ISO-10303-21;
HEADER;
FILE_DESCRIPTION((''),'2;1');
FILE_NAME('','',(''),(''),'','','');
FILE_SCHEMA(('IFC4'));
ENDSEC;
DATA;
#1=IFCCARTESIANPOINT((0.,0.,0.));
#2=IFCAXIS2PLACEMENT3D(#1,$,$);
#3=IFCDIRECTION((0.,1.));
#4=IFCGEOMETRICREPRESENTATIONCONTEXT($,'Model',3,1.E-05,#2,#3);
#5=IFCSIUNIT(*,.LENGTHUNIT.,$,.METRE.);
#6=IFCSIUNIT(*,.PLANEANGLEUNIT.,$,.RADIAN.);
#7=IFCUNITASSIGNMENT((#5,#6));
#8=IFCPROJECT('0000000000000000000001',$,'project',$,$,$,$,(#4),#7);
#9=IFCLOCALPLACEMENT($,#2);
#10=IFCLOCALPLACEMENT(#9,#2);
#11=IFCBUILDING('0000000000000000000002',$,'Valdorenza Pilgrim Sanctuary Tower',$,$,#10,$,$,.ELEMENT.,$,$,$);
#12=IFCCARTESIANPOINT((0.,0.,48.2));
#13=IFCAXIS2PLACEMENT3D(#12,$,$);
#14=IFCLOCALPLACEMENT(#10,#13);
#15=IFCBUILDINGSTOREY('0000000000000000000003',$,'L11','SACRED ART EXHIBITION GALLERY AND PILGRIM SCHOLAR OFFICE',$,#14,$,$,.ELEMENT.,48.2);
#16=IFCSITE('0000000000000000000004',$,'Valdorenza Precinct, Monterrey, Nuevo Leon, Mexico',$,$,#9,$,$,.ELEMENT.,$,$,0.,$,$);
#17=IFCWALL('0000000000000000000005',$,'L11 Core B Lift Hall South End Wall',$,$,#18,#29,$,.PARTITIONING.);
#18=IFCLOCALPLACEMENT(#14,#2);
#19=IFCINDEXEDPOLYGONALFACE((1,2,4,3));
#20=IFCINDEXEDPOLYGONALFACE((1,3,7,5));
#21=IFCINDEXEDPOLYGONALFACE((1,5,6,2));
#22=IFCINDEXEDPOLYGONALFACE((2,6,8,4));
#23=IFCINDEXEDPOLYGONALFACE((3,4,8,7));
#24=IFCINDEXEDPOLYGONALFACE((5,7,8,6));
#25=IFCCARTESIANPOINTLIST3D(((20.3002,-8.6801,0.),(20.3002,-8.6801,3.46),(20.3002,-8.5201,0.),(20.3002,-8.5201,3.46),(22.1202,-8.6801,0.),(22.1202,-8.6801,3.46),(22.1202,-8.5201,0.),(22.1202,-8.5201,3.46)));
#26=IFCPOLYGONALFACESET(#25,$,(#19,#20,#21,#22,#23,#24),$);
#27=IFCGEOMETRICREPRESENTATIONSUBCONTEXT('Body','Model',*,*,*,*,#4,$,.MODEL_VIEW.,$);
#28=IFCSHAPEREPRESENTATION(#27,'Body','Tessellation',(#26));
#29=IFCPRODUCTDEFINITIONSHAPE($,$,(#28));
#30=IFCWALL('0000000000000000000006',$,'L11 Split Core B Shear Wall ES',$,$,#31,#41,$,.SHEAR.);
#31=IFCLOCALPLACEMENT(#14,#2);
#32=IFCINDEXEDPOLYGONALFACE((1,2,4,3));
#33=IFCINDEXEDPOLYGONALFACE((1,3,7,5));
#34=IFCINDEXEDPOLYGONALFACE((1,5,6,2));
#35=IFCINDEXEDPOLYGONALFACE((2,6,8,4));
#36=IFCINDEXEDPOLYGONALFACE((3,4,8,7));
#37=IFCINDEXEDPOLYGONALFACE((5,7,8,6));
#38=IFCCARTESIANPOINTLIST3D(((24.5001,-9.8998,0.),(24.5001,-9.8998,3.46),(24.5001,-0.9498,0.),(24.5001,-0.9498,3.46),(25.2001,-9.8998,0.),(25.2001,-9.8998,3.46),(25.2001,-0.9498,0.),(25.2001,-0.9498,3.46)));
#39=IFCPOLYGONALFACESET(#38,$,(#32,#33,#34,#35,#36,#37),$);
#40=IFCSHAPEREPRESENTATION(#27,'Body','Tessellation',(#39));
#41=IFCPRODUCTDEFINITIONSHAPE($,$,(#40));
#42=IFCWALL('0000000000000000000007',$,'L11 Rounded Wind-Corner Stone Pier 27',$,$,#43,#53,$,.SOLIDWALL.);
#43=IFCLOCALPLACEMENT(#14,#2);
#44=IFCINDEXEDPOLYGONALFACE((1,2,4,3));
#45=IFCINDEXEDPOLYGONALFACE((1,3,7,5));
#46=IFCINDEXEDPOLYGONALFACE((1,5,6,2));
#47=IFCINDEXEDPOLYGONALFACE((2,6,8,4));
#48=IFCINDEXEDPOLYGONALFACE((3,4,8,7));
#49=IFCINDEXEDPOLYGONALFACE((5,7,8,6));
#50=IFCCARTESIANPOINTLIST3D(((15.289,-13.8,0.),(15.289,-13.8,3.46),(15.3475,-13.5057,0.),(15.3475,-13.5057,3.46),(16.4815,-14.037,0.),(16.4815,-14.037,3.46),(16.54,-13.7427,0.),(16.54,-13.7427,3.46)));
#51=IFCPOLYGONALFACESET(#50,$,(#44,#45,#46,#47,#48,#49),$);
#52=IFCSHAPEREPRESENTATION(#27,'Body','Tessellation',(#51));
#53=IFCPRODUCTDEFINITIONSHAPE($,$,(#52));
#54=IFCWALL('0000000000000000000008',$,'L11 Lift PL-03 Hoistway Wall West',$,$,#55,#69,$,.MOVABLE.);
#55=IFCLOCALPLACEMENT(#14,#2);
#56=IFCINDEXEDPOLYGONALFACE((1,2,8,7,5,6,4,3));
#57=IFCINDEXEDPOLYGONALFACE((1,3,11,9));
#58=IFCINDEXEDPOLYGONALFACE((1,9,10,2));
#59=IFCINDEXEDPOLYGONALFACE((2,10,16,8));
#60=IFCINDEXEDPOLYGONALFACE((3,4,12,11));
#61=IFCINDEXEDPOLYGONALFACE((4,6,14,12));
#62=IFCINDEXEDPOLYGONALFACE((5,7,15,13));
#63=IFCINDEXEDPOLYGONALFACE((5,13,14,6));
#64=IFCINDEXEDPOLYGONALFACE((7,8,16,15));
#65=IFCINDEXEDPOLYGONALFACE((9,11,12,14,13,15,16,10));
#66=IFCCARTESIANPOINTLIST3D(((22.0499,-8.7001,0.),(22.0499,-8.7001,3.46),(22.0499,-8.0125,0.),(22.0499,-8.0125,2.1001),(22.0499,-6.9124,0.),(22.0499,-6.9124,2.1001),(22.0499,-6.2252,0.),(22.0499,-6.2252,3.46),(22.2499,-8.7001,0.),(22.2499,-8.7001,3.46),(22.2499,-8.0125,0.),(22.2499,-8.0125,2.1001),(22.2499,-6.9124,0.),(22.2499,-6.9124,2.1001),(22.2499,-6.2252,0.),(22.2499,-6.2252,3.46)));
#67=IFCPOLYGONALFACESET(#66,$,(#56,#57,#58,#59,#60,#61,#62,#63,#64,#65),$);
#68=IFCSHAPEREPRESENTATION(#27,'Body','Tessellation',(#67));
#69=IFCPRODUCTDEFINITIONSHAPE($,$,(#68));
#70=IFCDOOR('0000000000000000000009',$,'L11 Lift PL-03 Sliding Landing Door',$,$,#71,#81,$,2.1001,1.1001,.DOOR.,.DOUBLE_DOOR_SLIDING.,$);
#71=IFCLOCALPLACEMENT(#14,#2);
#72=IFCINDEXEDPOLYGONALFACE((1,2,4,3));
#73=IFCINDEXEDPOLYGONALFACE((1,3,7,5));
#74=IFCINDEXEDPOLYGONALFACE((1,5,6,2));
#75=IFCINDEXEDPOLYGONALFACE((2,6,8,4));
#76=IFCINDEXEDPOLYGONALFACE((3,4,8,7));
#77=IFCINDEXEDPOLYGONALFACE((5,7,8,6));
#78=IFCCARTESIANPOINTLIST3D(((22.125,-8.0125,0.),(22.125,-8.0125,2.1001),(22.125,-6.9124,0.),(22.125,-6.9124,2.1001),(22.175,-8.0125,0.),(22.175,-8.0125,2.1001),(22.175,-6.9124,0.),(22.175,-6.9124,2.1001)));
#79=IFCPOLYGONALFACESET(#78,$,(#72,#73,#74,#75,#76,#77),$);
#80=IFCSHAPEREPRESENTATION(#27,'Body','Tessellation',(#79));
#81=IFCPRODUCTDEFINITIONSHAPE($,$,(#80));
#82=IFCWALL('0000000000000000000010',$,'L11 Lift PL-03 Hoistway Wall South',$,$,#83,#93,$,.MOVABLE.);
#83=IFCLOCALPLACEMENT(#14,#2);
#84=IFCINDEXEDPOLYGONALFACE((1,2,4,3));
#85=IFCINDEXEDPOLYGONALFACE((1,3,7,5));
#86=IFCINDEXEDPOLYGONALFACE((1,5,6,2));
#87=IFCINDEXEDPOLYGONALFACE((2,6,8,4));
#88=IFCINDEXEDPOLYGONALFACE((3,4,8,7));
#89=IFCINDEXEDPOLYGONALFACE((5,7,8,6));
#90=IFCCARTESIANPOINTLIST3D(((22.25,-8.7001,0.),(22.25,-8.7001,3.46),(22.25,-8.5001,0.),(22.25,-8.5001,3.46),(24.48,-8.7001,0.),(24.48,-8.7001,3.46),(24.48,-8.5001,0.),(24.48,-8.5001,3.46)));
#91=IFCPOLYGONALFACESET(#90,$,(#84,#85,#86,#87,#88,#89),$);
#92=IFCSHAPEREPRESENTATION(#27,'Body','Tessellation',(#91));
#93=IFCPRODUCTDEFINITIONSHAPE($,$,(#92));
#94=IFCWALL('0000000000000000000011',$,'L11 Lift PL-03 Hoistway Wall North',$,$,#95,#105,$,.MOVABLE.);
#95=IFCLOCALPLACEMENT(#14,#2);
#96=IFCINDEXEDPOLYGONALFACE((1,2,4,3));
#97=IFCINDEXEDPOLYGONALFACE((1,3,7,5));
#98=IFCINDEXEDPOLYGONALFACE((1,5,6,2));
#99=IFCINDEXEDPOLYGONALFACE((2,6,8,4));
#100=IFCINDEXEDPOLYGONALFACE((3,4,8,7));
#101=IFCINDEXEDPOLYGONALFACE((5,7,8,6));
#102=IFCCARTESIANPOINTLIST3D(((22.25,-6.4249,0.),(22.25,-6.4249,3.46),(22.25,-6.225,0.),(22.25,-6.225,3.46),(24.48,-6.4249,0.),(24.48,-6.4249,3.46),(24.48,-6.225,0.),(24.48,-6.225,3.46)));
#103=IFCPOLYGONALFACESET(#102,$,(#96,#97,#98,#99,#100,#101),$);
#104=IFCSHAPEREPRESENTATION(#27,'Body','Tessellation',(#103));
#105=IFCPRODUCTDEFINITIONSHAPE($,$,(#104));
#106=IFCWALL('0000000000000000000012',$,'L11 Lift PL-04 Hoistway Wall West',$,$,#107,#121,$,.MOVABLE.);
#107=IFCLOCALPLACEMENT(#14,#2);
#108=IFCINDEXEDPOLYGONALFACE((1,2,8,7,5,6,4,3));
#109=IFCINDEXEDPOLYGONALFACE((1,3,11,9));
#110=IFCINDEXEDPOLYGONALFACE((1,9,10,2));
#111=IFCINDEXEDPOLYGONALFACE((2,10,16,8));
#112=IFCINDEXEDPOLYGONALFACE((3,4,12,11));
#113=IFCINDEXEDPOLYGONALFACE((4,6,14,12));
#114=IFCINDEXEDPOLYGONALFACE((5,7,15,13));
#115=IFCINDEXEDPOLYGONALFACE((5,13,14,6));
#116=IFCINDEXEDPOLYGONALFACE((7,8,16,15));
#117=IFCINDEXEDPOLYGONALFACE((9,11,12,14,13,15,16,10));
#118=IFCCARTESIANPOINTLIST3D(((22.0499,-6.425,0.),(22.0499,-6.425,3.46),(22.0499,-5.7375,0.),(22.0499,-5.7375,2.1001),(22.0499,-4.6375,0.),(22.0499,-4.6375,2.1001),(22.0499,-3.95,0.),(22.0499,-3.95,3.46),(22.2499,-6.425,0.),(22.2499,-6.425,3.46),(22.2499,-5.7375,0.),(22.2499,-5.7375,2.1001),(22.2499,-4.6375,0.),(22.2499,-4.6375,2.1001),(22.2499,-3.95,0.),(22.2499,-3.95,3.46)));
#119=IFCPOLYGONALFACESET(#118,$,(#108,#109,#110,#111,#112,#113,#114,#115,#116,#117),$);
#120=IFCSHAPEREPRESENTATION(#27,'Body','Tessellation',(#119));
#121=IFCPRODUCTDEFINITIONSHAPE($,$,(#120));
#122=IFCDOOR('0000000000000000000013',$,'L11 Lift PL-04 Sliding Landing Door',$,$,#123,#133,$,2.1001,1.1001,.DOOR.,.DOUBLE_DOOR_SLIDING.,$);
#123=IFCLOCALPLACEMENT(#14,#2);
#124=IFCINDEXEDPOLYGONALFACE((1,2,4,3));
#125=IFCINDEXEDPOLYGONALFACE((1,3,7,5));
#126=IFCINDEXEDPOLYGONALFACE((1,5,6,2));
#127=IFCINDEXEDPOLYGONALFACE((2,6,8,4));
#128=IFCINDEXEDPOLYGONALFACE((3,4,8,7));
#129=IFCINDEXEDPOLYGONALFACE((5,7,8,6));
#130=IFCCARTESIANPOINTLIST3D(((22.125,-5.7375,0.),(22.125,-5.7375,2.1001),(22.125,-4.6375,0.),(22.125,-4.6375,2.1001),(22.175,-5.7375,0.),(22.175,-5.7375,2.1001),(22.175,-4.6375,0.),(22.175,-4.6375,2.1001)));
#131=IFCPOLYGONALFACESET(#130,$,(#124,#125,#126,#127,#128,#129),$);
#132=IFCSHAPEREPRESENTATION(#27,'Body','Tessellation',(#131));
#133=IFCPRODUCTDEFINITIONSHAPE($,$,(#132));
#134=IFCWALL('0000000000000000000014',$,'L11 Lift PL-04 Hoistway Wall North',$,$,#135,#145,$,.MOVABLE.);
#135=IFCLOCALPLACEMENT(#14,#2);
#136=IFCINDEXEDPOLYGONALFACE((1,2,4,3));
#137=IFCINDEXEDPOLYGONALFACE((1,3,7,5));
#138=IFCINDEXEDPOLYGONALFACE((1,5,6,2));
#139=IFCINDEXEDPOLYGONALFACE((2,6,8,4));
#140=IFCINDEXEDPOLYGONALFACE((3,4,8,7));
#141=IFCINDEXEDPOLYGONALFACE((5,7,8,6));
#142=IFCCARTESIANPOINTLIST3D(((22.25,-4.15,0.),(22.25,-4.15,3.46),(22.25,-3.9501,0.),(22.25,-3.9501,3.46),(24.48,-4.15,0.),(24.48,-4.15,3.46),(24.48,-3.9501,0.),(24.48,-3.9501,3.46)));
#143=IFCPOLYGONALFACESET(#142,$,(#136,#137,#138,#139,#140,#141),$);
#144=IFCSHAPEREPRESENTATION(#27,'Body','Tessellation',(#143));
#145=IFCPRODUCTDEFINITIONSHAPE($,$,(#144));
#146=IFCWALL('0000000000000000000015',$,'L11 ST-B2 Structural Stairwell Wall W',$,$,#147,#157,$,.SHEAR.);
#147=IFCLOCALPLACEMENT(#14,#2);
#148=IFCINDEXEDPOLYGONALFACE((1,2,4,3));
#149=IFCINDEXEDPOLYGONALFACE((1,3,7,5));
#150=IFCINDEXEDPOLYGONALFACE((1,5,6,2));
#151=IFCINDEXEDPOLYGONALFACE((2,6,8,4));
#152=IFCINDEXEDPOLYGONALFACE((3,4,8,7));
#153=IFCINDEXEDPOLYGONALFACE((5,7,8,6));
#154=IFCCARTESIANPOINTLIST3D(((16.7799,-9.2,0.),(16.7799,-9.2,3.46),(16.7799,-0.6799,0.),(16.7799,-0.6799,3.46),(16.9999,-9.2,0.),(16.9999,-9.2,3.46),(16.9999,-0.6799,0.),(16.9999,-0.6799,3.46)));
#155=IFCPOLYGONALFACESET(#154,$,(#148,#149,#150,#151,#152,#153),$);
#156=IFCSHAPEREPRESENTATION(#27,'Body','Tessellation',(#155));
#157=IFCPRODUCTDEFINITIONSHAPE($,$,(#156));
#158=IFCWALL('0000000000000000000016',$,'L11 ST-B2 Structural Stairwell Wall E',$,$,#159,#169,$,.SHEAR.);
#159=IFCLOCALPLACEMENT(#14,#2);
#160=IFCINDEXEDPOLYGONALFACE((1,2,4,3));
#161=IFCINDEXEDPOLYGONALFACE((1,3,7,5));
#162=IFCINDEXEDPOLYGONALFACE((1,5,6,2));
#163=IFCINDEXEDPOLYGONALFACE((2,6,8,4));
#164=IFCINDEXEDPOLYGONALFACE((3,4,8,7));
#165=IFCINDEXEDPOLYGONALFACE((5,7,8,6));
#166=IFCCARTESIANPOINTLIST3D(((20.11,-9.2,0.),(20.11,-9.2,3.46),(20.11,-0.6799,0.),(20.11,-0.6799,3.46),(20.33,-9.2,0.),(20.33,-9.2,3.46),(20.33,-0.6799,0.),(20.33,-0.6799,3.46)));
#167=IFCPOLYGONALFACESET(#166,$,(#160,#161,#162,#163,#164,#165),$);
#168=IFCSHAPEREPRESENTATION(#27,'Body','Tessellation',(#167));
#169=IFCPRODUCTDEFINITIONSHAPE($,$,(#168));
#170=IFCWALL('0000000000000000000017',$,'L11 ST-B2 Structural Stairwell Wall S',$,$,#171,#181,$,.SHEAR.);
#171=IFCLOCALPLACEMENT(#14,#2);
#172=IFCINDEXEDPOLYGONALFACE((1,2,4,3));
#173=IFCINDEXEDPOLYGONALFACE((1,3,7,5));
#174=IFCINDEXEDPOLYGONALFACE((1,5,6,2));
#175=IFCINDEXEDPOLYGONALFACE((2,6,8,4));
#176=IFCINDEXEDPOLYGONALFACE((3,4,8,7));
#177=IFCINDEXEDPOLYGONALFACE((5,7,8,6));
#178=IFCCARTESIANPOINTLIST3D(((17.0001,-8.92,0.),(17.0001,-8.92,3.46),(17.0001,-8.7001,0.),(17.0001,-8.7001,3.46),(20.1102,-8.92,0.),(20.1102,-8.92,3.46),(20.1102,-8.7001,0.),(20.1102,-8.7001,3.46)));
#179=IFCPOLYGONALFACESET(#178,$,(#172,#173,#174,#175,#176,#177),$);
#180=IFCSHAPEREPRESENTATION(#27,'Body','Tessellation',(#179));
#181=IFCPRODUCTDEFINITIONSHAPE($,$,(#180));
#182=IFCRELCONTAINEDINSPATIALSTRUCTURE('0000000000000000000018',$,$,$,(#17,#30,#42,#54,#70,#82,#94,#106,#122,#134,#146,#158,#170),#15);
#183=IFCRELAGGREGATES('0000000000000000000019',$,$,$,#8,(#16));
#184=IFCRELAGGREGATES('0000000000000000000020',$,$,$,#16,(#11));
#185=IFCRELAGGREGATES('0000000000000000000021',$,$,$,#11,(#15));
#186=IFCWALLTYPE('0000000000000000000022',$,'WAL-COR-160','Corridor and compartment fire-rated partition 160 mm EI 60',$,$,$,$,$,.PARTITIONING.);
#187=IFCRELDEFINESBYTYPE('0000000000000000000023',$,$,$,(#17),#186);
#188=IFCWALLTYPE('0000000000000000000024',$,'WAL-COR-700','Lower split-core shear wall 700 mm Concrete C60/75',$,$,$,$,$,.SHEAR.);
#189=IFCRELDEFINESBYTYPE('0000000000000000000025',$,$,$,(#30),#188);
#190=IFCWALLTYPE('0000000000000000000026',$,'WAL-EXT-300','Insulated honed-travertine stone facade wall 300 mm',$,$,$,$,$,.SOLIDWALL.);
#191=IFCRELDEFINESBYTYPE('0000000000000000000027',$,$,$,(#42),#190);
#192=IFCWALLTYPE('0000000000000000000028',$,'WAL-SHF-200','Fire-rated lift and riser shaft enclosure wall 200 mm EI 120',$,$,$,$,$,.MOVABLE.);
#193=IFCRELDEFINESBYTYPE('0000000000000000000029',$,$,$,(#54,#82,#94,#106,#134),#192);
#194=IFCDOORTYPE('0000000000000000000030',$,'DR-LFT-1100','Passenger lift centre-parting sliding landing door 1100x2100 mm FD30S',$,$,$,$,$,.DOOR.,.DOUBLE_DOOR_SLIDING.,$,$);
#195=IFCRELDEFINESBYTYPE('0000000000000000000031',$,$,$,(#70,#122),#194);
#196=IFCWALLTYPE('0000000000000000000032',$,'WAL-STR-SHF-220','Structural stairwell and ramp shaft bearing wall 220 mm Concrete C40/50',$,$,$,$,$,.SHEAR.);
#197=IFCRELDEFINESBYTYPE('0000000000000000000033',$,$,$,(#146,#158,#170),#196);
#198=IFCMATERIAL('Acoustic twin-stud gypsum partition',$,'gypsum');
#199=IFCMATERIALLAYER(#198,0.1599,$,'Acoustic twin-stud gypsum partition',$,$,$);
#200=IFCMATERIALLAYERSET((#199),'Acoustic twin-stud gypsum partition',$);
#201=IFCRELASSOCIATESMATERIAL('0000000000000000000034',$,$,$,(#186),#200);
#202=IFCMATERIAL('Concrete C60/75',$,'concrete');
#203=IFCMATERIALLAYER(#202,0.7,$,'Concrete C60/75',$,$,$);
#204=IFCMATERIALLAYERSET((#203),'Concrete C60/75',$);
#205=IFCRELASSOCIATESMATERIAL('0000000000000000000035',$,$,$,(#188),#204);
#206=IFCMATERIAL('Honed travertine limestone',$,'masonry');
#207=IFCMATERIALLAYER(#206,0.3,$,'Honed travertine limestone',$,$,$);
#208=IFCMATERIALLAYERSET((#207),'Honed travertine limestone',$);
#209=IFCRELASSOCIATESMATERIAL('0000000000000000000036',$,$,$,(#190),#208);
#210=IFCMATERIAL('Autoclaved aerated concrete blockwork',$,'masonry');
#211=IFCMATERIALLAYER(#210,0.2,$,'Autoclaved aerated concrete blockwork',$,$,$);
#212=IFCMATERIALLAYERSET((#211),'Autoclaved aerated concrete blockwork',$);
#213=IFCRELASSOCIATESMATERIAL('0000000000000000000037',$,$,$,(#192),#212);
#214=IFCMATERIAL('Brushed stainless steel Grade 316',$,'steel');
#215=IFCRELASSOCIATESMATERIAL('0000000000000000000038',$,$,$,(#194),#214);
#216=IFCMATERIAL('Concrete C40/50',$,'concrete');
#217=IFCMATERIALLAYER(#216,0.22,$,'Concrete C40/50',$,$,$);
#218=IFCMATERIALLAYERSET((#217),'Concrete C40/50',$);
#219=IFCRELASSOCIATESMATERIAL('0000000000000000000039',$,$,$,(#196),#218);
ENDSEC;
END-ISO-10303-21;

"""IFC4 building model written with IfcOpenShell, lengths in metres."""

from ifc_helpers import new_model, si_unit, direction, frame, frame_2d, origin, place, context, subcontext, project, spatial, rectangle, extrude, material, layer, layer_set, type_object, element, fill, save


model = new_model("IFC4")

# Units and contexts
model_context = context("Model", 3, precision=1e-05, world=origin(), true_north=direction((0.0, 1.0)))
body_context = subcontext(model_context, "Body", "Model", "MODEL_VIEW")
ifc_project = project(units=[si_unit("LENGTHUNIT", "METRE"), si_unit("PLANEANGLEUNIT", "RADIAN")], contexts=[model_context])

# Site, building, storey
site_placement = place(None, origin())
site = spatial("IfcSite", under=ifc_project, at=site_placement, Name="Valdorenza Precinct, Monterrey, Nuevo Leon, Mexico", CompositionType="ELEMENT", RefElevation=0.0)
building_placement = place(site_placement, origin())
building = spatial("IfcBuilding", under=site, at=building_placement, Name="Valdorenza Pilgrim Sanctuary Tower", CompositionType="ELEMENT")
storey_placement = place(building_placement, frame((0.0, 0.0, 48.2)))
storey = spatial("IfcBuildingStorey", under=building, at=storey_placement, Name="L11", Description="SACRED ART EXHIBITION GALLERY AND PILGRIM SCHOLAR OFFICE", CompositionType="ELEMENT", Elevation=48.2)

# Shared definitions
ifc_material_1 = material(Name="Concrete C60/75", Category="concrete")

# Walls
ifc_material_2 = material(Name="Acoustic twin-stud gypsum partition", Category="gypsum")
ifc_layer_1 = layer(ifc_material_2, 0.1599, Name="Acoustic twin-stud gypsum partition")
ifc_layer_set_1 = layer_set([ifc_layer_1], Name="Acoustic twin-stud gypsum partition")
wall_type_1 = type_object("IfcWallType", Name="WAL-COR-160", Description="Corridor and compartment fire-rated partition 160 mm EI 60", PredefinedType="PARTITIONING", material=ifc_layer_set_1)
wall_1_placement = place(storey_placement, frame((20.3, -8.6001, 0.0), z_axis=(0.0, 0.0, 1.0), x_axis=(1.0, 0.0, 0.0)))
element("IfcWall", 1, at=wall_1_placement, inside=storey, type_object=wall_type_1, Name="L11 Core B Lift Hall South End Wall", PredefinedType="PARTITIONING", context=body_context, shape_type="SweptSolid", body=[
    extrude(rectangle(XDim=1.8201, YDim=0.1599, at=frame_2d((0.9102, 0.0))), origin(), (0.0, 0.0, 1.0), 3.46),
])
ifc_layer_2 = layer(ifc_material_1, 0.7, Name="Concrete C60/75")
ifc_layer_set_2 = layer_set([ifc_layer_2], Name="Concrete C60/75")
wall_type_2 = type_object("IfcWallType", Name="WAL-COR-700", Description="Lower split-core shear wall 700 mm Concrete C60/75", PredefinedType="SHEAR", material=ifc_layer_set_2)
wall_2_placement = place(storey_placement, frame((24.8501, -9.8999, 0.0), z_axis=(0.0, 0.0, 1.0), x_axis=(0.0, 1.0, 0.0)))
element("IfcWall", 2, at=wall_2_placement, inside=storey, type_object=wall_type_2, Name="L11 Split Core B Shear Wall ES", PredefinedType="SHEAR", context=body_context, shape_type="SweptSolid", body=[
    extrude(rectangle(XDim=8.95, YDim=0.7, at=frame_2d((4.4751, 0.0))), origin(), (0.0, 0.0, 1.0), 3.46),
])
ifc_material_3 = material(Name="Honed travertine limestone", Category="masonry")
ifc_layer_3 = layer(ifc_material_3, 0.3, Name="Honed travertine limestone")
ifc_layer_set_3 = layer_set([ifc_layer_3], Name="Honed travertine limestone")
wall_type_3 = type_object("IfcWallType", Name="WAL-EXT-300", Description="Insulated honed-travertine stone facade wall 300 mm", PredefinedType="SOLIDWALL", material=ifc_layer_set_3)
wall_3_placement = place(storey_placement, frame((16.5107, -13.8899, 0.0), z_axis=(0.0, 0.0, 1.0), x_axis=(-0.980804, 0.194996, 0.0)))
element("IfcWall", 3, at=wall_3_placement, inside=storey, type_object=wall_type_3, Name="L11 Rounded Wind-Corner Stone Pier 27", PredefinedType="SOLIDWALL", context=body_context, shape_type="SweptSolid", body=[
    extrude(rectangle(XDim=1.2158, YDim=0.3, at=frame_2d((0.6079, 0.0))), origin(), (0.0, 0.0, 1.0), 3.46),
])

# Wall, opening, door
ifc_material_4 = material(Name="Autoclaved aerated concrete blockwork", Category="masonry")
ifc_layer_4 = layer(ifc_material_4, 0.2, Name="Autoclaved aerated concrete blockwork")
ifc_layer_set_4 = layer_set([ifc_layer_4], Name="Autoclaved aerated concrete blockwork")
wall_type_4 = type_object("IfcWallType", Name="WAL-SHF-200", Description="Fire-rated lift and riser shaft enclosure wall 200 mm EI 120", PredefinedType="MOVABLE", material=ifc_layer_set_4)
wall_4_placement = place(storey_placement, frame((22.1499, -8.7, 0.0), z_axis=(0.0, 0.0, 1.0), x_axis=(0.0, 1.0, 0.0)))
wall_4 = element("IfcWall", 4, at=wall_4_placement, inside=storey, type_object=wall_type_4, Name="L11 Lift PL-03 Hoistway Wall West", PredefinedType="MOVABLE", context=body_context, shape_type="SweptSolid", body=[
    extrude(rectangle(XDim=2.4749, YDim=0.2, at=frame_2d((1.2373, 0.0))), origin(), (0.0, 0.0, 1.0), 3.46),
])
opening_1_placement = place(wall_4_placement, frame((0.6875, 0.0, 0.0)))
opening_1 = element("IfcOpeningElement", 5, at=opening_1_placement, cuts=wall_4, PredefinedType="OPENING", context=body_context, shape_type="SweptSolid", body=[
    extrude(rectangle(XDim=1.1001, YDim=2.1001, at=frame_2d((0.55, 1.05))), frame((0.0, 0.1147, 0.0), z_axis=(0.0, -1.0, 0.0), x_axis=(1.0, 0.0, 0.0)), (0.0, 0.0, 1.0), 0.2297),
])
ifc_material_5 = material(Name="Brushed stainless steel Grade 316", Category="steel")
door_type_1 = type_object("IfcDoorType", Name="DR-LFT-1100", Description="Passenger lift centre-parting sliding landing door 1100x2100 mm FD30S", OperationType="DOUBLE_DOOR_SLIDING", PredefinedType="DOOR", material=ifc_material_5)
door_1_placement = place(opening_1_placement, origin())
door_1 = element("IfcDoor", 6, at=door_1_placement, inside=storey, type_object=door_type_1, Name="L11 Lift PL-03 Sliding Landing Door", OperationType="DOUBLE_DOOR_SLIDING", OverallHeight=2.1001, OverallWidth=1.1001, PredefinedType="DOOR", context=body_context, shape_type="SweptSolid", body=[
    extrude(rectangle(XDim=1.1001, YDim=2.1001, at=frame_2d((0.55, 1.05))), frame((0.0, 0.0249, 0.0), z_axis=(0.0, -1.0, 0.0), x_axis=(1.0, 0.0, 0.0)), (0.0, 0.0, 1.0), 0.05),
])
fill(opening_1, door_1)

# Walls
for number, where, z_axis, x_axis, name in (
    (7, (22.25, -8.6001, 0.0), (0.0, 0.0, 1.0), (1.0, 0.0, 0.0), "L11 Lift PL-03 Hoistway Wall South"),
    (8, (22.25, -6.325, 0.0), (0.0, 0.0, 1.0), (1.0, 0.0, 0.0), "L11 Lift PL-03 Hoistway Wall North"),
):
    element("IfcWall", number, at=place(storey_placement, frame(where, z_axis=z_axis, x_axis=x_axis)), inside=storey, type_object=wall_type_4, Name=name, PredefinedType="MOVABLE", context=body_context, shape_type="SweptSolid", body=[
        extrude(rectangle(XDim=2.23, YDim=0.2, at=frame_2d((1.115, 0.0))), origin(), (0.0, 0.0, 1.0), 3.46),
    ])

# Wall, opening, door
wall_5_placement = place(storey_placement, frame((22.1499, -6.425, 0.0), z_axis=(0.0, 0.0, 1.0), x_axis=(0.0, 1.0, 0.0)))
wall_5 = element("IfcWall", 9, at=wall_5_placement, inside=storey, type_object=wall_type_4, Name="L11 Lift PL-04 Hoistway Wall West", PredefinedType="MOVABLE", context=body_context, shape_type="SweptSolid", body=[
    extrude(rectangle(XDim=2.4751, YDim=0.2, at=frame_2d((1.2375, 0.0))), origin(), (0.0, 0.0, 1.0), 3.46),
])
opening_2_placement = place(wall_5_placement, frame((0.6875, 0.0, 0.0)))
opening_2 = element("IfcOpeningElement", 10, at=opening_2_placement, cuts=wall_5, PredefinedType="OPENING", context=body_context, shape_type="SweptSolid", body=[
    extrude(rectangle(XDim=1.1001, YDim=2.1001, at=frame_2d((0.55, 1.05))), frame((0.0, 0.1147, 0.0), z_axis=(0.0, -1.0, 0.0), x_axis=(1.0, 0.0, 0.0)), (0.0, 0.0, 1.0), 0.2297),
])
door_2_placement = place(opening_2_placement, origin())
door_2 = element("IfcDoor", 11, at=door_2_placement, inside=storey, type_object=door_type_1, Name="L11 Lift PL-04 Sliding Landing Door", OperationType="DOUBLE_DOOR_SLIDING", OverallHeight=2.1001, OverallWidth=1.1001, PredefinedType="DOOR", context=body_context, shape_type="SweptSolid", body=[
    extrude(rectangle(XDim=1.1001, YDim=2.1001, at=frame_2d((0.55, 1.05))), frame((0.0, 0.0249, 0.0), z_axis=(0.0, -1.0, 0.0), x_axis=(1.0, 0.0, 0.0)), (0.0, 0.0, 1.0), 0.05),
])
fill(opening_2, door_2)

# Walls
wall_6_placement = place(storey_placement, frame((22.25, -4.05, 0.0), z_axis=(0.0, 0.0, 1.0), x_axis=(1.0, 0.0, 0.0)))
element("IfcWall", 12, at=wall_6_placement, inside=storey, type_object=wall_type_4, Name="L11 Lift PL-04 Hoistway Wall North", PredefinedType="MOVABLE", context=body_context, shape_type="SweptSolid", body=[
    extrude(rectangle(XDim=2.23, YDim=0.2, at=frame_2d((1.115, 0.0))), origin(), (0.0, 0.0, 1.0), 3.46),
])
ifc_material_6 = material(Name="Concrete C40/50", Category="concrete")
ifc_layer_5 = layer(ifc_material_6, 0.22, Name="Concrete C40/50")
ifc_layer_set_5 = layer_set([ifc_layer_5], Name="Concrete C40/50")
wall_type_5 = type_object("IfcWallType", Name="WAL-STR-SHF-220", Description="Structural stairwell and ramp shaft bearing wall 220 mm Concrete C40/50", PredefinedType="SHEAR", material=ifc_layer_set_5)
for number, where, z_axis, x_axis, name in (
    (13, (16.8899, -9.2, 0.0), (0.0, 0.0, 1.0), (0.0, 1.0, 0.0), "L11 ST-B2 Structural Stairwell Wall W"),
    (14, (20.22, -9.2, 0.0), (0.0, 0.0, 1.0), (0.0, 1.0, 0.0), "L11 ST-B2 Structural Stairwell Wall E"),
):
    element("IfcWall", number, at=place(storey_placement, frame(where, z_axis=z_axis, x_axis=x_axis)), inside=storey, type_object=wall_type_5, Name=name, PredefinedType="SHEAR", context=body_context, shape_type="SweptSolid", body=[
        extrude(rectangle(XDim=8.52, YDim=0.22, at=frame_2d((4.26, 0.0))), origin(), (0.0, 0.0, 1.0), 3.46),
    ])
wall_7_placement = place(storey_placement, frame((17.0, -8.8101, 0.0), z_axis=(0.0, 0.0, 1.0), x_axis=(1.0, 0.0, 0.0)))
element("IfcWall", 15, at=wall_7_placement, inside=storey, type_object=wall_type_5, Name="L11 ST-B2 Structural Stairwell Wall S", PredefinedType="SHEAR", context=body_context, shape_type="SweptSolid", body=[
    extrude(rectangle(XDim=3.1101, YDim=0.22, at=frame_2d((1.5552, 0.0))), origin(), (0.0, 0.0, 1.0), 3.46),
])

save(model, "model.ifc")
